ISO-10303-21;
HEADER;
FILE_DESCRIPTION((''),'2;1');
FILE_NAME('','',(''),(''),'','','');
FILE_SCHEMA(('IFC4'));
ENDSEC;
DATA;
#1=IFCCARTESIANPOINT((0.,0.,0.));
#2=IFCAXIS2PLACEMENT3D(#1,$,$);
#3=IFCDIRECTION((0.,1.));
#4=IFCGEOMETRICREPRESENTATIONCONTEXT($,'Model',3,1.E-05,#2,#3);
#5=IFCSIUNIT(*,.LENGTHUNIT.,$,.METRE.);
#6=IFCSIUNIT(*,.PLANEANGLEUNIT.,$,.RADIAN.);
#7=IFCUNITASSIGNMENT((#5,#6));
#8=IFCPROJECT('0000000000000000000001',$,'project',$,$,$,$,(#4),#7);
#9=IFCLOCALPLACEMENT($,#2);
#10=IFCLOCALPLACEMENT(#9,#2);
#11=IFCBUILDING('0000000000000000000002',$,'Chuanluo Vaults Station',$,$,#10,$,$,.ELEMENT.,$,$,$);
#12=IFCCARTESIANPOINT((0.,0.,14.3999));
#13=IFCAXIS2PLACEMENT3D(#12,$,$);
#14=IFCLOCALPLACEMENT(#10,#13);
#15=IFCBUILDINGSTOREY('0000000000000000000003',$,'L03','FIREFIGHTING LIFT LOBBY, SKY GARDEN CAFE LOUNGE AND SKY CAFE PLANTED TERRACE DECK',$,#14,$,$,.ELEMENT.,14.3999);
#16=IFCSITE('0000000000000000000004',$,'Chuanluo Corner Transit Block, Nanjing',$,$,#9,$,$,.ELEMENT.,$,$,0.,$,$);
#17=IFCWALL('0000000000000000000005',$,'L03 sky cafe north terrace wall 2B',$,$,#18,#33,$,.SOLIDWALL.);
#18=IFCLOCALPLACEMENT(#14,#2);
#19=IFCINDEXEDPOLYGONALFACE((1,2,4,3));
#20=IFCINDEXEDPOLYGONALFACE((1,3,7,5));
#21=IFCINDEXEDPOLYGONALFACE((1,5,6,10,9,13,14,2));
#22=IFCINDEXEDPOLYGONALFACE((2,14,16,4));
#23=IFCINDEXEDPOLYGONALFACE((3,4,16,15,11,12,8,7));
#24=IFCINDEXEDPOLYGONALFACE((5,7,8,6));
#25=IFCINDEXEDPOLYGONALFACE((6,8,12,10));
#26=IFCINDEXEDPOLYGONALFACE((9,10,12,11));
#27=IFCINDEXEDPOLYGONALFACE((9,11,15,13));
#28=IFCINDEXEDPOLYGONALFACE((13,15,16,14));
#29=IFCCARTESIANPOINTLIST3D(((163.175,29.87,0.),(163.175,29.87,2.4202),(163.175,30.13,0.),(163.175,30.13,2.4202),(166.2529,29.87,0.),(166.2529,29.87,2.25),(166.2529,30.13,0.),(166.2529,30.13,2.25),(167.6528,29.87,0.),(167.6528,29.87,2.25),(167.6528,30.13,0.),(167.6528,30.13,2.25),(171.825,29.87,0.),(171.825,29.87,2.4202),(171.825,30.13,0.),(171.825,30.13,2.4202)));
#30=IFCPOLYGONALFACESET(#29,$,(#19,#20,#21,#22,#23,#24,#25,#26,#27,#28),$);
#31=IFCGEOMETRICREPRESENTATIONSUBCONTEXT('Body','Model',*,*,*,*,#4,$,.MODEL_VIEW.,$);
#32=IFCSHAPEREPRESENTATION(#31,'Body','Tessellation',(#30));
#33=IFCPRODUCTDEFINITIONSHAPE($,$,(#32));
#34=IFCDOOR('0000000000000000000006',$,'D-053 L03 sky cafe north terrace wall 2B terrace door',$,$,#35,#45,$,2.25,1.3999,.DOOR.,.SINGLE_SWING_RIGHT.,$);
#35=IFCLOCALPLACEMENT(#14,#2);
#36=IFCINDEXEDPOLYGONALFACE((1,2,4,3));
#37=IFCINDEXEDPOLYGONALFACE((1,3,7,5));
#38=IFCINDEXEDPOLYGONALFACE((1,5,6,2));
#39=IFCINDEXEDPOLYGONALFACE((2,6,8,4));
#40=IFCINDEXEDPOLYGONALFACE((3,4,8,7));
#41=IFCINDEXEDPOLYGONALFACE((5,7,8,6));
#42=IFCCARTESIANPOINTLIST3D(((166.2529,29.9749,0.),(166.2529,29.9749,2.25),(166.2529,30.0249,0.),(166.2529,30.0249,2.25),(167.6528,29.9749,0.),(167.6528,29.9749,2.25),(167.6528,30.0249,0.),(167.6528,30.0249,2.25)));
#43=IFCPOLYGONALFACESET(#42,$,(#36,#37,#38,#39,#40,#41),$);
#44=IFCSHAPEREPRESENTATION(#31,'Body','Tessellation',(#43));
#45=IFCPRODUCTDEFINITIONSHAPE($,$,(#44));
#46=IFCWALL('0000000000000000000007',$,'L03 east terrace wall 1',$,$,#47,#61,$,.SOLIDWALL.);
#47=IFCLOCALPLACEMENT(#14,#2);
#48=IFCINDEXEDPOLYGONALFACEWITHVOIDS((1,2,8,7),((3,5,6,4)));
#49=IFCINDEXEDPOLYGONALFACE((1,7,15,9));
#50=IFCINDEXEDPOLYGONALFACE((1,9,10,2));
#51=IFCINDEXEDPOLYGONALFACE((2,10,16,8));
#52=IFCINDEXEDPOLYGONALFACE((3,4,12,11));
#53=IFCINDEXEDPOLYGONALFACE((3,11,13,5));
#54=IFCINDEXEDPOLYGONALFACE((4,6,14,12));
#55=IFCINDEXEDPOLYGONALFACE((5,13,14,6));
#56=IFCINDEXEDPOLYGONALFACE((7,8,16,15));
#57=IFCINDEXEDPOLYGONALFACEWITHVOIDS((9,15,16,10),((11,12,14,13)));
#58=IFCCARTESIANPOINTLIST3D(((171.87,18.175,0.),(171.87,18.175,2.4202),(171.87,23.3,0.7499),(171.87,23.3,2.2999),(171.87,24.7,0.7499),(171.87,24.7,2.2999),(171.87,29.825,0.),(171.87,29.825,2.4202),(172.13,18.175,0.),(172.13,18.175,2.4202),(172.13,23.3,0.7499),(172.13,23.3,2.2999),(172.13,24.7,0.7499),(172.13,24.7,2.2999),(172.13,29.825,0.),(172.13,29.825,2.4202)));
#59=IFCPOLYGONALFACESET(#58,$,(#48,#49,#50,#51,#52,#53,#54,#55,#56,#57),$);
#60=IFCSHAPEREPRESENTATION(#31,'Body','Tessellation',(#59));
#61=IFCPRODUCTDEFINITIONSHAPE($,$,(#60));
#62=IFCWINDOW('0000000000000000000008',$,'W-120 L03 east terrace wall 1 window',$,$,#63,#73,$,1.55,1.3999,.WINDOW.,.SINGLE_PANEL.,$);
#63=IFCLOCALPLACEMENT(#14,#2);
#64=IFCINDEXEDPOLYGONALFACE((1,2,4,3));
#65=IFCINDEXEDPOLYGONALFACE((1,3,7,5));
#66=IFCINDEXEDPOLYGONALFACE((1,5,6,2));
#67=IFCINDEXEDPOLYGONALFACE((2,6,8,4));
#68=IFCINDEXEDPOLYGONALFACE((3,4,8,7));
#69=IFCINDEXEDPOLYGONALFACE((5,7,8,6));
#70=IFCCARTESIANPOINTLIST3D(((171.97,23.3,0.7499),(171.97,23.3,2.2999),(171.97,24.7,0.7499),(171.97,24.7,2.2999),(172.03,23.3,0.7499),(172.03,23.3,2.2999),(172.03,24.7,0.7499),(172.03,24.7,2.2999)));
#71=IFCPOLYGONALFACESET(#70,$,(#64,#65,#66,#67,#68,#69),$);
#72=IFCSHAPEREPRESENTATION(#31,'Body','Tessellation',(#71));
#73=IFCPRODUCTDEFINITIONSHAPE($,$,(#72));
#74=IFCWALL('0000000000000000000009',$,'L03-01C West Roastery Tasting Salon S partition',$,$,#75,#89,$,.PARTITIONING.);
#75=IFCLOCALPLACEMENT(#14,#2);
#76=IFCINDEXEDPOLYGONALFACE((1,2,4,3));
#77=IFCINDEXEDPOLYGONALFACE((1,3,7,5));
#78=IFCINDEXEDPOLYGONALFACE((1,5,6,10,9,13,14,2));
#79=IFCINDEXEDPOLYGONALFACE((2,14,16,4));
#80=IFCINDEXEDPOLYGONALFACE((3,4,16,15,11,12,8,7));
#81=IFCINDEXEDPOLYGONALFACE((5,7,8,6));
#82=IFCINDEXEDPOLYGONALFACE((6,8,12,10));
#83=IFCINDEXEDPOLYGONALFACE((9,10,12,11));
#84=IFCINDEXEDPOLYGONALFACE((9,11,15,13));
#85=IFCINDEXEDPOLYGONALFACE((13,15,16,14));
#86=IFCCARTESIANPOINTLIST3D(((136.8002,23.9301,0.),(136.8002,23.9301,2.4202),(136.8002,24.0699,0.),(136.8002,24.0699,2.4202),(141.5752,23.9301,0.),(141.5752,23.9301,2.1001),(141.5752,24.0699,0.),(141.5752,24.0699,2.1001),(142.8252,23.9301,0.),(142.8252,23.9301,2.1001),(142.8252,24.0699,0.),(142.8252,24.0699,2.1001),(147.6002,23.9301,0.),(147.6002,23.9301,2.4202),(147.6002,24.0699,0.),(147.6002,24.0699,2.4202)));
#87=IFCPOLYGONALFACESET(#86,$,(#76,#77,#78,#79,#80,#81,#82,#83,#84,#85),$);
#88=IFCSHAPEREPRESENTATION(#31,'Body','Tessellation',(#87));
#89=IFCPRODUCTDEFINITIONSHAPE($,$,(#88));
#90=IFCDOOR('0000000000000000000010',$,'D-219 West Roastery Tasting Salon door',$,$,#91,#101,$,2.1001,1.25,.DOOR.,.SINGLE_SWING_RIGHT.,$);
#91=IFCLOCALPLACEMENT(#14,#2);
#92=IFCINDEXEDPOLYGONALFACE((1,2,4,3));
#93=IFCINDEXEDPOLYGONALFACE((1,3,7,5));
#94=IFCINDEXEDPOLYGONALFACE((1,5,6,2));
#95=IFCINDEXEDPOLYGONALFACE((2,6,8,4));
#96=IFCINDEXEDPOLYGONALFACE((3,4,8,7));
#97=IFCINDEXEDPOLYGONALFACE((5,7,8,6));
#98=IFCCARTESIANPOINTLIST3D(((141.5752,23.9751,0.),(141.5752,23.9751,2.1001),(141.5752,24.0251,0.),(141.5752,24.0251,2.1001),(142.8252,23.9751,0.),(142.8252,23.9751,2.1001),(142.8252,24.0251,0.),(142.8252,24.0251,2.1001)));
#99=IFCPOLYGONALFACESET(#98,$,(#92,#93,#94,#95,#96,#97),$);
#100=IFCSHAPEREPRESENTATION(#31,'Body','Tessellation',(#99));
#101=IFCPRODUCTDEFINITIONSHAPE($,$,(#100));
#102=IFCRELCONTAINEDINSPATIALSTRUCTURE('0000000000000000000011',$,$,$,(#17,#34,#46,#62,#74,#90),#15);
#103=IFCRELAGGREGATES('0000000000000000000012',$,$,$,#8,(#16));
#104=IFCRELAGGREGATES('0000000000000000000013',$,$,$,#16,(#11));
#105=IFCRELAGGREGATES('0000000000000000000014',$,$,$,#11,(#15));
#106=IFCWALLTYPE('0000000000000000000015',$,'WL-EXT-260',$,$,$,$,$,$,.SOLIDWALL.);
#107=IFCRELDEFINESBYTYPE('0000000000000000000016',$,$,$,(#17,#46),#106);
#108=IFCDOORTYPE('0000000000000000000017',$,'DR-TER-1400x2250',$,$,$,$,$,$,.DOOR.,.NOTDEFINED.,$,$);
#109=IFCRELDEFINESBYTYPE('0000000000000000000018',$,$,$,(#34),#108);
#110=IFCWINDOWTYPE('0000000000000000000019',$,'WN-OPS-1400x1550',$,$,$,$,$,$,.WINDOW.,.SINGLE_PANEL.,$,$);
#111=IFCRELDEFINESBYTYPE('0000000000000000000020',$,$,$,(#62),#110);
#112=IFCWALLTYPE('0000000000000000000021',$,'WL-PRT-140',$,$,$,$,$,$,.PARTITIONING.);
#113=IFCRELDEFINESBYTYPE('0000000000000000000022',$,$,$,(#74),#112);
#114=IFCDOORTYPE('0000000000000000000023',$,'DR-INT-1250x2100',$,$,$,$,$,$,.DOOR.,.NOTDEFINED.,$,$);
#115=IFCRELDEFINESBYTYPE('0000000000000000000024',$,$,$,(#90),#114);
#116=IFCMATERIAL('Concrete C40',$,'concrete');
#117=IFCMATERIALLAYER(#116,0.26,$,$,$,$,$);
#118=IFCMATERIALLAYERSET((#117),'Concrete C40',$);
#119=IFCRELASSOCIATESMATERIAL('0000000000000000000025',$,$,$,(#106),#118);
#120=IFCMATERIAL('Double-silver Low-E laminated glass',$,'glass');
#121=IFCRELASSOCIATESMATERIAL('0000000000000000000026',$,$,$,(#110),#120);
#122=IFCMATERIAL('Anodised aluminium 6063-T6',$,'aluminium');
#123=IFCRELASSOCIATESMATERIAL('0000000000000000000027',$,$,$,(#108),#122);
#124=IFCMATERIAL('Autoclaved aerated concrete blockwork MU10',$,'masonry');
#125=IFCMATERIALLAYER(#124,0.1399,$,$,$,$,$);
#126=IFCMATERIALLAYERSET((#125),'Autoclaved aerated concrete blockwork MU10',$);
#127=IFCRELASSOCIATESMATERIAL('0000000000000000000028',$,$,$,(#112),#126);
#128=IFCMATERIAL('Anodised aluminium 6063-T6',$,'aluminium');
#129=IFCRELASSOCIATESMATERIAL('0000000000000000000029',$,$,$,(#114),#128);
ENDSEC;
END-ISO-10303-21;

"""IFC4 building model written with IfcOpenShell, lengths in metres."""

from ifc_helpers import new_model, si_unit, direction, frame, frame_2d, origin, place, context, subcontext, project, spatial, rectangle, extrude, material, layer, layer_set, type_object, element, fill, save


model = new_model("IFC4")

# Units and contexts
model_context = context("Model", 3, precision=1e-05, world=origin(), true_north=direction((0.0, 1.0)))
body_context = subcontext(model_context, "Body", "Model", "MODEL_VIEW")
ifc_project = project(units=[si_unit("LENGTHUNIT", "METRE"), si_unit("PLANEANGLEUNIT", "RADIAN")], contexts=[model_context])

# Site, building, storey
site_placement = place(None, origin())
site = spatial("IfcSite", under=ifc_project, at=site_placement, Name="Chuanluo Corner Transit Block, Nanjing", CompositionType="ELEMENT", RefElevation=0.0)
building_placement = place(site_placement, origin())
building = spatial("IfcBuilding", under=site, at=building_placement, Name="Chuanluo Vaults Station", CompositionType="ELEMENT")
storey_placement = place(building_placement, frame((0.0, 0.0, 14.3999)))
storey = spatial("IfcBuildingStorey", under=building, at=storey_placement, Name="L03", Description="FIREFIGHTING LIFT LOBBY, SKY GARDEN CAFE LOUNGE AND SKY CAFE PLANTED TERRACE DECK", CompositionType="ELEMENT", Elevation=14.3999)

# Shared definitions
ifc_material_1 = material(Name="Concrete C40", Category="concrete")
ifc_layer_1 = layer(ifc_material_1, 0.26)
ifc_layer_set_1 = layer_set([ifc_layer_1], Name="Concrete C40")
wall_type_1 = type_object("IfcWallType", Name="WL-EXT-260", PredefinedType="SOLIDWALL", material=ifc_layer_set_1)

# Shared definitions
ifc_material_2 = material(Name="Double-silver Low-E laminated glass", Category="glass")
window_type = type_object("IfcWindowType", Name="WN-OPS-1400x1550", PartitioningType="SINGLE_PANEL", PredefinedType="WINDOW", material=ifc_material_2)

# Wall, opening, door
wall_1_placement = place(storey_placement, frame((163.175, 30.0, 0.0), z_axis=(0.0, 0.0, 1.0), x_axis=(1.0, 0.0, 0.0)))
wall_1 = element("IfcWall", 1, at=wall_1_placement, inside=storey, type_object=wall_type_1, Name="L03 sky cafe north terrace wall 2B", PredefinedType="SOLIDWALL", context=body_context, shape_type="SweptSolid", body=[
    extrude(rectangle(XDim=8.6499, YDim=0.26, at=frame_2d((4.325, 0.0))), origin(), (0.0, 0.0, 1.0), 2.4202),
])
opening_1_placement = place(wall_1_placement, frame((3.0779, 0.0, 0.0)))
opening_1 = element("IfcOpeningElement", 2, at=opening_1_placement, cuts=wall_1, PredefinedType="OPENING", context=body_context, shape_type="SweptSolid", body=[
    extrude(rectangle(XDim=1.3999, YDim=2.25, at=frame_2d((0.7, 1.125))), frame((0.0, 0.1399, 0.0), z_axis=(0.0, -1.0, 0.0), x_axis=(1.0, 0.0, 0.0)), (0.0, 0.0, 1.0), 0.28),
])
ifc_material_3 = material(Name="Anodised aluminium 6063-T6", Category="aluminium")
door_type_1 = type_object("IfcDoorType", Name="DR-TER-1400x2250", OperationType="NOTDEFINED", PredefinedType="DOOR", material=ifc_material_3)
door_1_placement = place(opening_1_placement, origin())
door_1 = element("IfcDoor", 3, at=door_1_placement, inside=storey, type_object=door_type_1, Name="D-053 L03 sky cafe north terrace wall 2B terrace door", OperationType="SINGLE_SWING_RIGHT", OverallHeight=2.25, OverallWidth=1.3999, PredefinedType="DOOR", context=body_context, shape_type="SweptSolid", body=[
    extrude(rectangle(XDim=1.3999, YDim=2.25, at=frame_2d((0.7, 1.125))), frame((0.0, 0.0249, 0.0), z_axis=(0.0, -1.0, 0.0), x_axis=(1.0, 0.0, 0.0)), (0.0, 0.0, 1.0), 0.05),
])
fill(opening_1, door_1)

# Wall, opening, window
wall_2_placement = place(storey_placement, frame((172.0, 29.825, 0.0), z_axis=(0.0, 0.0, 1.0), x_axis=(0.0, -1.0, 0.0)))
wall_2 = element("IfcWall", 4, at=wall_2_placement, inside=storey, type_object=wall_type_1, Name="L03 east terrace wall 1", PredefinedType="SOLIDWALL", context=body_context, shape_type="SweptSolid", body=[
    extrude(rectangle(XDim=11.6499, YDim=0.26, at=frame_2d((5.825, 0.0))), origin(), (0.0, 0.0, 1.0), 2.4202),
])
opening_2_placement = place(wall_2_placement, frame((5.125, 0.0, 0.75)))
opening_2 = element("IfcOpeningElement", 5, at=opening_2_placement, cuts=wall_2, PredefinedType="OPENING", context=body_context, shape_type="SweptSolid", body=[
    extrude(rectangle(XDim=1.3999, YDim=1.55, at=frame_2d((0.7, 0.7749))), frame((0.0, 0.1399, 0.0), z_axis=(0.0, -1.0, 0.0), x_axis=(1.0, 0.0, 0.0)), (0.0, 0.0, 1.0), 0.28),
])
window_1_placement = place(opening_2_placement, origin())
window_1 = element("IfcWindow", 6, at=window_1_placement, inside=storey, type_object=window_type, Name="W-120 L03 east terrace wall 1 window", OverallHeight=1.55, OverallWidth=1.3999, PartitioningType="SINGLE_PANEL", PredefinedType="WINDOW", context=body_context, shape_type="SweptSolid", body=[
    extrude(rectangle(XDim=1.3999, YDim=1.55, at=frame_2d((0.7, 0.7749))), frame((0.0, 0.03, 0.0), z_axis=(0.0, -1.0, 0.0), x_axis=(1.0, 0.0, 0.0)), (0.0, 0.0, 1.0), 0.0601),
])
fill(opening_2, window_1)

# Wall, opening, door
ifc_material_4 = material(Name="Autoclaved aerated concrete blockwork MU10", Category="masonry")
ifc_layer_2 = layer(ifc_material_4, 0.1399)
ifc_layer_set_2 = layer_set([ifc_layer_2], Name="Autoclaved aerated concrete blockwork MU10")
wall_type_2 = type_object("IfcWallType", Name="WL-PRT-140", PredefinedType="PARTITIONING", material=ifc_layer_set_2)
wall_3_placement = place(storey_placement, frame((147.6001, 24.0, 0.0), z_axis=(0.0, 0.0, 1.0), x_axis=(-1.0, 0.0, 0.0)))
wall_3 = element("IfcWall", 7, at=wall_3_placement, inside=storey, type_object=wall_type_2, Name="L03-01C West Roastery Tasting Salon S partition", PredefinedType="PARTITIONING", context=body_context, shape_type="SweptSolid", body=[
    extrude(rectangle(XDim=10.8, YDim=0.1399, at=frame_2d((5.3999, 0.0))), origin(), (0.0, 0.0, 1.0), 2.4202),
])
opening_3_placement = place(wall_3_placement, frame((4.7749, 0.0, 0.0)))
opening_3 = element("IfcOpeningElement", 8, at=opening_3_placement, cuts=wall_3, PredefinedType="OPENING", context=body_context, shape_type="SweptSolid", body=[
    extrude(rectangle(XDim=1.25, YDim=2.1001, at=frame_2d((0.625, 1.05))), frame((0.0, 0.0798, 0.0), z_axis=(0.0, -1.0, 0.0), x_axis=(1.0, 0.0, 0.0)), (0.0, 0.0, 1.0), 0.1599),
])
ifc_material_5 = material(Name="Anodised aluminium 6063-T6", Category="aluminium")
door_type_2 = type_object("IfcDoorType", Name="DR-INT-1250x2100", OperationType="NOTDEFINED", PredefinedType="DOOR", material=ifc_material_5)
door_2_placement = place(opening_3_placement, origin())
door_2 = element("IfcDoor", 9, at=door_2_placement, inside=storey, type_object=door_type_2, Name="D-219 West Roastery Tasting Salon door", OperationType="SINGLE_SWING_RIGHT", OverallHeight=2.1001, OverallWidth=1.25, PredefinedType="DOOR", context=body_context, shape_type="SweptSolid", body=[
    extrude(rectangle(XDim=1.25, YDim=2.1001, at=frame_2d((0.625, 1.05))), frame((0.0, 0.0249, 0.0), z_axis=(0.0, -1.0, 0.0), x_axis=(1.0, 0.0, 0.0)), (0.0, 0.0, 1.0), 0.05),
])
fill(opening_3, door_2)

save(model, "model.ifc")
